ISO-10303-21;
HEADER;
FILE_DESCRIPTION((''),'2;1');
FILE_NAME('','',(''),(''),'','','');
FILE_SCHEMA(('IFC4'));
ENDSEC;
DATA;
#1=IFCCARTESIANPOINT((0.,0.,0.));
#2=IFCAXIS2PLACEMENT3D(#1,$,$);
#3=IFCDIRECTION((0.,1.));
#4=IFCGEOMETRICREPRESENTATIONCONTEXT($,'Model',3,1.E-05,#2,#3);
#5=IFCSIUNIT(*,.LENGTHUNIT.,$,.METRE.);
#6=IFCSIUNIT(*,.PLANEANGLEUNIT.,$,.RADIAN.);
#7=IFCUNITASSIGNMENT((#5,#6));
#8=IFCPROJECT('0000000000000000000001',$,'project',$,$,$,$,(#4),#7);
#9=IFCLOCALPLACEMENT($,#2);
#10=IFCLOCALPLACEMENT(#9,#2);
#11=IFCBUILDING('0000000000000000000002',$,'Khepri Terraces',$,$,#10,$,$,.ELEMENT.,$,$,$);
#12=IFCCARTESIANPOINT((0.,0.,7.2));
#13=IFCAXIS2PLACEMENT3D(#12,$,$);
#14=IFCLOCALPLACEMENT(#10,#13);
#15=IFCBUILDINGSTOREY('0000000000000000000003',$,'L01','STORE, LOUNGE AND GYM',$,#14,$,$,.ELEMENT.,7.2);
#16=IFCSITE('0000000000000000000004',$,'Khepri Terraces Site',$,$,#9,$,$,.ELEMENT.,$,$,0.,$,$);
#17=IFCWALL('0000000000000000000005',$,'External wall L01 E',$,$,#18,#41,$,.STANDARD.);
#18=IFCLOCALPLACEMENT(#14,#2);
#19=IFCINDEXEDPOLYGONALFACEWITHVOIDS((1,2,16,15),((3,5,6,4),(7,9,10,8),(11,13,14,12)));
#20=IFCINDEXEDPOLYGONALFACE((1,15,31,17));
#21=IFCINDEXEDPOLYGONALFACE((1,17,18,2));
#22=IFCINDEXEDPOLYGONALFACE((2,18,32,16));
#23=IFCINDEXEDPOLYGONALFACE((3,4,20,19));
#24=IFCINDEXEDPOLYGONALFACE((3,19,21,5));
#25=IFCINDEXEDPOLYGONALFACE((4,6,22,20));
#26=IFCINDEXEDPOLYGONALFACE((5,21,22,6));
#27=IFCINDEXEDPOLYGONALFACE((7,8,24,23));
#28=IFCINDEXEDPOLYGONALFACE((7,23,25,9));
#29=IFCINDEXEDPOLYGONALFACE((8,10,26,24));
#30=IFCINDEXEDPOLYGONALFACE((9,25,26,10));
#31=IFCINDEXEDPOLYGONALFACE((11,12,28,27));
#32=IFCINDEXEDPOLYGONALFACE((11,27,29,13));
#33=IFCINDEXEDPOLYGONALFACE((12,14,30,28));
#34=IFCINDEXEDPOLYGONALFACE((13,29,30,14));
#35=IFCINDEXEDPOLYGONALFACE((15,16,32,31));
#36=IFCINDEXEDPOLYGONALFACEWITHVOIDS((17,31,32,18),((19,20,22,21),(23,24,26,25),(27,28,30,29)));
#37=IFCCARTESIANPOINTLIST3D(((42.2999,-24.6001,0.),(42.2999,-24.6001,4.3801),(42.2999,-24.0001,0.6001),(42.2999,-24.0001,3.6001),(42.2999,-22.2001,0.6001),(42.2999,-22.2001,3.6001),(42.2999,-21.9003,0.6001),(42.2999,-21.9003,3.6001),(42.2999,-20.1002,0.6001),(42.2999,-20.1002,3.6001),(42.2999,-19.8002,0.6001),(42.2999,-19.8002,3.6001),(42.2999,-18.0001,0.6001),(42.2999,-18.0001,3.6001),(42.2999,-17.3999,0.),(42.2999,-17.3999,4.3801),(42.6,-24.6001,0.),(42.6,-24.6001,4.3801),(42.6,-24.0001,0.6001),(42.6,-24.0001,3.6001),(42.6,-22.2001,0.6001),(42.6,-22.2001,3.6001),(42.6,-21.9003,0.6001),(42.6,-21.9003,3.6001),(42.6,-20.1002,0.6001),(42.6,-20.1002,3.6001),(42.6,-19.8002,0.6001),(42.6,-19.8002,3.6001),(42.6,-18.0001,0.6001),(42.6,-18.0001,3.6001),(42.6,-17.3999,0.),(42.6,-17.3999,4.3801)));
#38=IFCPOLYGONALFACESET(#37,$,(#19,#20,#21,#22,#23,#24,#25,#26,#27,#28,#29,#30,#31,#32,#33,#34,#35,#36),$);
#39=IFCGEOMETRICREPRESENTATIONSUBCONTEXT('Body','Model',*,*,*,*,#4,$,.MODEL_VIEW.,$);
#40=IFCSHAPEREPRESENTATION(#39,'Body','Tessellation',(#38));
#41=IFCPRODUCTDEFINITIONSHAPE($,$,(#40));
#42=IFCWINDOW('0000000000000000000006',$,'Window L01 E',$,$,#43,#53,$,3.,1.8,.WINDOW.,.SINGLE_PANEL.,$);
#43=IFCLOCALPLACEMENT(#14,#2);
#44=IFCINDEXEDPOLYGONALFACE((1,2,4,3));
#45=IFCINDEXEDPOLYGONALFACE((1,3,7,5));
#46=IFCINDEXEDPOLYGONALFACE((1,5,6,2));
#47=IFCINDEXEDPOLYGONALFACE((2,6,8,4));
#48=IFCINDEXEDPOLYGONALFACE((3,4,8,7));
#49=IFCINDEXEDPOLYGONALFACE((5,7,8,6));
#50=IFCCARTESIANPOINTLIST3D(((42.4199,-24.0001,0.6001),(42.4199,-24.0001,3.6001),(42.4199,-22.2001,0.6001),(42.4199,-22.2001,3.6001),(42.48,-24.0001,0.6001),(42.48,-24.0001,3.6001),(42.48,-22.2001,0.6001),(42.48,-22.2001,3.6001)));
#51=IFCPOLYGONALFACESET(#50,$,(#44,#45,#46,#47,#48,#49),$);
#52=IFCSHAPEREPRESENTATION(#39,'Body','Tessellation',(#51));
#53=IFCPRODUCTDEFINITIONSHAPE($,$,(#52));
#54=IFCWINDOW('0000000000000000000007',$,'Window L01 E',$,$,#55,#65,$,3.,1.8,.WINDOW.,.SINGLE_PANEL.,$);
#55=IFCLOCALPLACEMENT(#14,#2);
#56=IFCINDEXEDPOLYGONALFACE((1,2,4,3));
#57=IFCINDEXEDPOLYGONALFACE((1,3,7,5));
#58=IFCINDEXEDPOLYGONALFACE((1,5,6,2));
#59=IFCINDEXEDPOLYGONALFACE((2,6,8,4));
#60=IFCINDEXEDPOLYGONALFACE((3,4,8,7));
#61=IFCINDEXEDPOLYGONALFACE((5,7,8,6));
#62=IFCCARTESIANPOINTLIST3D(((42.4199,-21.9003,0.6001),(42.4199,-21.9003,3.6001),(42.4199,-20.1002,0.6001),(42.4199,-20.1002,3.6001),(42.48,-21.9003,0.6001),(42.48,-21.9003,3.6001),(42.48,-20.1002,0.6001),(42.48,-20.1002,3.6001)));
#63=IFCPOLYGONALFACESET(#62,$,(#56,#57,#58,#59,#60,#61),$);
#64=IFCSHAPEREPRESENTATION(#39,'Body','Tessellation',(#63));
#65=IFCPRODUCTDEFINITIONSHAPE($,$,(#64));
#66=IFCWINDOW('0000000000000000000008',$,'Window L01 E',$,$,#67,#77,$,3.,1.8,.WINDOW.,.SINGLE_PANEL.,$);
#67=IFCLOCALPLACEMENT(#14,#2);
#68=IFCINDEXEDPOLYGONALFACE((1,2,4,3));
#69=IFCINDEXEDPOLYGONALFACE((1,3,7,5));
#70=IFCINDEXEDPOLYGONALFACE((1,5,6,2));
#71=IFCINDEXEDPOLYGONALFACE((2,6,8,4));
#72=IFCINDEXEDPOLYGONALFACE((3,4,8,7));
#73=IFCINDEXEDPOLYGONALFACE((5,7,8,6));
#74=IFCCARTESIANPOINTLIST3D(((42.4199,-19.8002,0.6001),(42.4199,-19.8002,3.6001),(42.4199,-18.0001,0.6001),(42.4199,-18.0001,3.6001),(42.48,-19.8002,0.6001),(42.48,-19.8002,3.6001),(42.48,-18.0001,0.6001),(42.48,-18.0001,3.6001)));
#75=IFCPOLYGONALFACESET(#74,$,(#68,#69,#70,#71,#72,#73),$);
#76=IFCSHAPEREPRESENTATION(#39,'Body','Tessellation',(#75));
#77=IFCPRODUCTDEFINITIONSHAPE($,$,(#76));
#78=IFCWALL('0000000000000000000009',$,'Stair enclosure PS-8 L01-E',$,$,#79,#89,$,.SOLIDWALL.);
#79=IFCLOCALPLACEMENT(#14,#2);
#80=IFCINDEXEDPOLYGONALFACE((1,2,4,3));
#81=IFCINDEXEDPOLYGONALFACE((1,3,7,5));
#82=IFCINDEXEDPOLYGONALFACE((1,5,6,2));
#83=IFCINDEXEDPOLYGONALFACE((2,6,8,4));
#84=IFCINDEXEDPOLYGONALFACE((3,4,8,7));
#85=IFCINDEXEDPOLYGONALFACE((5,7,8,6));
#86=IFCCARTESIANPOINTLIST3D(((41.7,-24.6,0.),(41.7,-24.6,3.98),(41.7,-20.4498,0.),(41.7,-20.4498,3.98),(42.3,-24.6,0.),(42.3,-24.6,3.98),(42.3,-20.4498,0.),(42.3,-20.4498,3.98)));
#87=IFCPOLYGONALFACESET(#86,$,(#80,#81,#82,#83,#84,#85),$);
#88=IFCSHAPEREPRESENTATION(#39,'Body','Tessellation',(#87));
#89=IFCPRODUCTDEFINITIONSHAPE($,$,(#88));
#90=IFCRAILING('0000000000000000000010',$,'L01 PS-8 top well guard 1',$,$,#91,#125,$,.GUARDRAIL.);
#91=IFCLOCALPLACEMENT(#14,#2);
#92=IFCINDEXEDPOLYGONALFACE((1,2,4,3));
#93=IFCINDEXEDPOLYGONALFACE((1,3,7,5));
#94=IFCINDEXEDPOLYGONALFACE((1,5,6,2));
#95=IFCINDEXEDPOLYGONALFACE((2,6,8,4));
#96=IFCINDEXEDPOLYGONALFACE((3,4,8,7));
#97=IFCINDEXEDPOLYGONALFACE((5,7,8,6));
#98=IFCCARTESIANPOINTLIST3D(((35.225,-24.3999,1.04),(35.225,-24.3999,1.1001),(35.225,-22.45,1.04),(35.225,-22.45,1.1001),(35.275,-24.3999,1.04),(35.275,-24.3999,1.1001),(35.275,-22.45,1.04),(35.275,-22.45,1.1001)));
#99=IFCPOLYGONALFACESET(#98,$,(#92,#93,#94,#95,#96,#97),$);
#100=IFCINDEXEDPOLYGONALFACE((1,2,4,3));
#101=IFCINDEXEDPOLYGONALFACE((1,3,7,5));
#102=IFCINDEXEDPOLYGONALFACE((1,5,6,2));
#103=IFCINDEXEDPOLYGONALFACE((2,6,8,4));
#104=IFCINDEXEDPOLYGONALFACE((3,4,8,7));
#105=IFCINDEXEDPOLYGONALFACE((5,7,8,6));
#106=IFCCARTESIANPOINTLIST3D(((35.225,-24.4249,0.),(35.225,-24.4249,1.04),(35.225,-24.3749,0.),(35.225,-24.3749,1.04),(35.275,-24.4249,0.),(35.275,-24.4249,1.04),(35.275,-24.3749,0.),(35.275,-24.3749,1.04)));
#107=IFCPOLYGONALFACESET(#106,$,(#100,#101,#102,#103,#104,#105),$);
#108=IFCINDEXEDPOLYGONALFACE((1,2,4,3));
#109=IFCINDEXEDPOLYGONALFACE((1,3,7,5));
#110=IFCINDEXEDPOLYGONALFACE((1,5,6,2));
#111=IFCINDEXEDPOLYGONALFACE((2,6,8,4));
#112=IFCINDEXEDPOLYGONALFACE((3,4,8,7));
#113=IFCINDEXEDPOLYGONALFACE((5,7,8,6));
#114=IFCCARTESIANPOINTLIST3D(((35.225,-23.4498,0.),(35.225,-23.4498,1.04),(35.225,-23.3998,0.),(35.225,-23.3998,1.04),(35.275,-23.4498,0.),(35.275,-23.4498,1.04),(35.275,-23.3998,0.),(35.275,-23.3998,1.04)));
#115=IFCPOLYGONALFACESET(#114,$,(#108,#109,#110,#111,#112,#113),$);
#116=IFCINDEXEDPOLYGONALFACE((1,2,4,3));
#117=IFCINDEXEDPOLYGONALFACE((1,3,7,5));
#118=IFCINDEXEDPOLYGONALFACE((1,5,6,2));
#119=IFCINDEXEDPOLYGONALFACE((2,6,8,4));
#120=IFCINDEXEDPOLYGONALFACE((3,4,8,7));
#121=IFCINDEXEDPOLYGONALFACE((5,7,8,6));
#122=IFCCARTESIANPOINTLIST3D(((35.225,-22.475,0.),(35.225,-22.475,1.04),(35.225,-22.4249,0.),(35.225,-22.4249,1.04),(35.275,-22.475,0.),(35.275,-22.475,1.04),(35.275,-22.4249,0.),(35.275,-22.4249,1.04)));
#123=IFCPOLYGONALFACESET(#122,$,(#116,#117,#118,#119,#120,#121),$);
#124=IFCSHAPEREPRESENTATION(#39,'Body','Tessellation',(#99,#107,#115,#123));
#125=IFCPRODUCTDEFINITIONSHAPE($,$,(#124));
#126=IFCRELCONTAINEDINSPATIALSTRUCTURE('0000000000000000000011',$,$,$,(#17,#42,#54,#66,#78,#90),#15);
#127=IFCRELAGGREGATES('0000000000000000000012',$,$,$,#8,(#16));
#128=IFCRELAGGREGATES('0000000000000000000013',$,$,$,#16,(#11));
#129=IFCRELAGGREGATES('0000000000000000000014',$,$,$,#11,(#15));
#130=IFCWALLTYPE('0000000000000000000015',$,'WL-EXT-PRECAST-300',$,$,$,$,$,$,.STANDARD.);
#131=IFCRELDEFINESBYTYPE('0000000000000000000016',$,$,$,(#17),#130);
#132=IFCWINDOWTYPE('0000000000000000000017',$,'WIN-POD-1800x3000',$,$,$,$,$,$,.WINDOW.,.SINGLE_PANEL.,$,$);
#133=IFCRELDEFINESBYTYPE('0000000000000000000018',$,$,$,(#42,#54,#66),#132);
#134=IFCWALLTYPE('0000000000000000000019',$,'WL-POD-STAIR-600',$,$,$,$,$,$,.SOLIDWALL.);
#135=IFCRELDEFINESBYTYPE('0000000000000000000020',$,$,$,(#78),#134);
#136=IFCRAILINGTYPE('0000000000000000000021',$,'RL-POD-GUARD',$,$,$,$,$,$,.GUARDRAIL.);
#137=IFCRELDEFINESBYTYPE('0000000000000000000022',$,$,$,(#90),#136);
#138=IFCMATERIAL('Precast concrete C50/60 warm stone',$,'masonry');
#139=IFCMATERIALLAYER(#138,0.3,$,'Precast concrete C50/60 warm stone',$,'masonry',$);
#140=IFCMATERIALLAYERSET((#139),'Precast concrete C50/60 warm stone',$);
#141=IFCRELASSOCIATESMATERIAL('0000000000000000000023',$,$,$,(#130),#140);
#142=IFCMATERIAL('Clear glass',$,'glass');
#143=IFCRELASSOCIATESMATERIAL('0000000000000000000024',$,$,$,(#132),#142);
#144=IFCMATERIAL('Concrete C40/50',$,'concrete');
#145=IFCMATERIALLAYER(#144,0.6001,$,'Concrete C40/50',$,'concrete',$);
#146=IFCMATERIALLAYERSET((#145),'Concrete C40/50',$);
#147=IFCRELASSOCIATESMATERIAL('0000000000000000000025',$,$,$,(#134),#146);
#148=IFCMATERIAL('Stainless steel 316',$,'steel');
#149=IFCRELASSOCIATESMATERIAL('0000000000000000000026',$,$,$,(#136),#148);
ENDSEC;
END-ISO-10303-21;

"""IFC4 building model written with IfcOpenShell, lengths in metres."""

from ifc_helpers import new_model, si_unit, direction, frame, frame_2d, origin, origin_2d, place, context, subcontext, project, spatial, rectangle, extrude, material, layer, layer_set, type_object, element, fill, save


model = new_model("IFC4")

# Units and contexts
model_context = context("Model", 3, precision=1e-05, world=origin(), true_north=direction((0.0, 1.0)))
body_context = subcontext(model_context, "Body", "Model", "MODEL_VIEW")
ifc_project = project(units=[si_unit("LENGTHUNIT", "METRE"), si_unit("PLANEANGLEUNIT", "RADIAN")], contexts=[model_context])

# Site, building, storey
site_placement = place(None, origin())
site = spatial("IfcSite", under=ifc_project, at=site_placement, Name="Khepri Terraces Site", CompositionType="ELEMENT", RefElevation=0.0)
building_placement = place(site_placement, origin())
building = spatial("IfcBuilding", under=site, at=building_placement, Name="Khepri Terraces", CompositionType="ELEMENT")
storey_placement = place(building_placement, frame((0.0, 0.0, 7.2)))
storey = spatial("IfcBuildingStorey", under=building, at=storey_placement, Name="L01", Description="STORE, LOUNGE AND GYM", CompositionType="ELEMENT", Elevation=7.2)

# Shared definitions
ifc_material_1 = material(Name="Clear glass", Category="glass")

# Wall, openings, windows
ifc_material_2 = material(Name="Precast concrete C50/60 warm stone", Category="masonry")
ifc_layer_1 = layer(ifc_material_2, 0.3, Name="Precast concrete C50/60 warm stone", Category="masonry")
ifc_layer_set_1 = layer_set([ifc_layer_1], Name="Precast concrete C50/60 warm stone")
wall_type_1 = type_object("IfcWallType", Name="WL-EXT-PRECAST-300", PredefinedType="STANDARD", material=ifc_layer_set_1)
wall_1_placement = place(storey_placement, frame((42.45, -24.6001, 0.0), z_axis=(0.0, 0.0, 1.0), x_axis=(0.0, 1.0, 0.0)))
wall_1 = element("IfcWall", 1, at=wall_1_placement, inside=storey, type_object=wall_type_1, Name="External wall L01 E", PredefinedType="STANDARD", context=body_context, shape_type="SweptSolid", body=[
    extrude(rectangle(XDim=7.2002, YDim=0.3, at=frame_2d((3.6001, 0.0))), origin(), (0.0, 0.0, 1.0), 4.3801),
])
opening_1_placement = place(wall_1_placement, frame((0.6001, 0.0, 0.6001)))
opening_1 = element("IfcOpeningElement", 2, at=opening_1_placement, cuts=wall_1, PredefinedType="OPENING", context=body_context, shape_type="SweptSolid", body=[
    extrude(rectangle(XDim=1.8, YDim=3.0, at=frame_2d((0.8999, 1.5))), frame((0.0, 0.1602, 0.0), z_axis=(0.0, -1.0, 0.0), x_axis=(1.0, 0.0, 0.0)), (0.0, 0.0, 1.0), 0.3201),
])
opening_2_placement = place(wall_1_placement, frame((2.7, 0.0, 0.6001)))
opening_2 = element("IfcOpeningElement", 3, at=opening_2_placement, cuts=wall_1, PredefinedType="OPENING", context=body_context, shape_type="SweptSolid", body=[
    extrude(rectangle(XDim=1.8, YDim=3.0, at=frame_2d((0.8999, 1.5))), frame((0.0, 0.1602, 0.0), z_axis=(0.0, -1.0, 0.0), x_axis=(1.0, 0.0, 0.0)), (0.0, 0.0, 1.0), 0.3201),
])
opening_3_placement = place(wall_1_placement, frame((4.8, 0.0, 0.6001)))
opening_3 = element("IfcOpeningElement", 4, at=opening_3_placement, cuts=wall_1, PredefinedType="OPENING", context=body_context, shape_type="SweptSolid", body=[
    extrude(rectangle(XDim=1.8, YDim=3.0, at=frame_2d((0.8999, 1.5))), frame((0.0, 0.1602, 0.0), z_axis=(0.0, -1.0, 0.0), x_axis=(1.0, 0.0, 0.0)), (0.0, 0.0, 1.0), 0.3201),
])
window_type = type_object("IfcWindowType", Name="WIN-POD-1800x3000", PartitioningType="SINGLE_PANEL", PredefinedType="WINDOW", material=ifc_material_1)
window_1_placement = place(opening_1_placement, origin())
window_1 = element("IfcWindow", 5, at=window_1_placement, inside=storey, type_object=window_type, Name="Window L01 E", OverallHeight=3.0, OverallWidth=1.8, PartitioningType="SINGLE_PANEL", PredefinedType="WINDOW", context=body_context, shape_type="SweptSolid", body=[
    extrude(rectangle(XDim=1.8, YDim=3.0, at=frame_2d((0.8999, 1.5))), frame((0.0, 0.03, 0.0), z_axis=(0.0, -1.0, 0.0), x_axis=(1.0, 0.0, 0.0)), (0.0, 0.0, 1.0), 0.0601),
])
fill(opening_1, window_1)
window_2_placement = place(opening_2_placement, origin())
window_2 = element("IfcWindow", 6, at=window_2_placement, inside=storey, type_object=window_type, Name="Window L01 E", OverallHeight=3.0, OverallWidth=1.8, PartitioningType="SINGLE_PANEL", PredefinedType="WINDOW", context=body_context, shape_type="SweptSolid", body=[
    extrude(rectangle(XDim=1.8, YDim=3.0, at=frame_2d((0.8999, 1.5))), frame((0.0, 0.03, 0.0), z_axis=(0.0, -1.0, 0.0), x_axis=(1.0, 0.0, 0.0)), (0.0, 0.0, 1.0), 0.0601),
])
fill(opening_2, window_2)
window_3_placement = place(opening_3_placement, origin())
window_3 = element("IfcWindow", 7, at=window_3_placement, inside=storey, type_object=window_type, Name="Window L01 E", OverallHeight=3.0, OverallWidth=1.8, PartitioningType="SINGLE_PANEL", PredefinedType="WINDOW", context=body_context, shape_type="SweptSolid", body=[
    extrude(rectangle(XDim=1.8, YDim=3.0, at=frame_2d((0.8999, 1.5))), frame((0.0, 0.03, 0.0), z_axis=(0.0, -1.0, 0.0), x_axis=(1.0, 0.0, 0.0)), (0.0, 0.0, 1.0), 0.0601),
])
fill(opening_3, window_3)

# Wall
ifc_material_3 = material(Name="Concrete C40/50", Category="concrete")
ifc_layer_2 = layer(ifc_material_3, 0.6001, Name="Concrete C40/50", Category="concrete")
ifc_layer_set_2 = layer_set([ifc_layer_2], Name="Concrete C40/50")
wall_type_2 = type_object("IfcWallType", Name="WL-POD-STAIR-600", PredefinedType="SOLIDWALL", material=ifc_layer_set_2)
wall_2_placement = place(storey_placement, frame((42.0, -24.6001, 0.0), z_axis=(0.0, 0.0, 1.0), x_axis=(0.0, 1.0, 0.0)))
element("IfcWall", 8, at=wall_2_placement, inside=storey, type_object=wall_type_2, Name="Stair enclosure PS-8 L01-E", PredefinedType="SOLIDWALL", context=body_context, shape_type="SweptSolid", body=[
    extrude(rectangle(XDim=4.1501, YDim=0.6001, at=frame_2d((2.0752, 0.0))), origin(), (0.0, 0.0, 1.0), 3.98),
])

# Railing
ifc_material_4 = material(Name="Stainless steel 316", Category="steel")
railing_type = type_object("IfcRailingType", Name="RL-POD-GUARD", PredefinedType="GUARDRAIL", material=ifc_material_4)
railing_placement = place(storey_placement, frame((35.25, -24.3999, 0.0)))
element("IfcRailing", 9, at=railing_placement, inside=storey, type_object=railing_type, Name="L01 PS-8 top well guard 1", PredefinedType="GUARDRAIL", context=body_context, shape_type="SweptSolid", body=[
    extrude(rectangle(XDim=0.05, YDim=0.0601, at=origin_2d()), frame((0.0, 0.0, 1.0701), z_axis=(0.0, 1.0, 0.0), x_axis=(-1.0, 0.0, 0.0)), (0.0, 0.0, 1.0), 1.95),
    extrude(rectangle(XDim=0.05, YDim=0.05, at=origin_2d()), origin(), (0.0, 0.0, 1.0), 1.04),
    extrude(rectangle(XDim=0.05, YDim=0.05, at=origin_2d()), frame((0.0, 0.9751, 0.0)), (0.0, 0.0, 1.0), 1.04),
    extrude(rectangle(XDim=0.05, YDim=0.05, at=origin_2d()), frame((0.0, 1.95, 0.0)), (0.0, 0.0, 1.0), 1.04),
])

save(model, "model.ifc")
